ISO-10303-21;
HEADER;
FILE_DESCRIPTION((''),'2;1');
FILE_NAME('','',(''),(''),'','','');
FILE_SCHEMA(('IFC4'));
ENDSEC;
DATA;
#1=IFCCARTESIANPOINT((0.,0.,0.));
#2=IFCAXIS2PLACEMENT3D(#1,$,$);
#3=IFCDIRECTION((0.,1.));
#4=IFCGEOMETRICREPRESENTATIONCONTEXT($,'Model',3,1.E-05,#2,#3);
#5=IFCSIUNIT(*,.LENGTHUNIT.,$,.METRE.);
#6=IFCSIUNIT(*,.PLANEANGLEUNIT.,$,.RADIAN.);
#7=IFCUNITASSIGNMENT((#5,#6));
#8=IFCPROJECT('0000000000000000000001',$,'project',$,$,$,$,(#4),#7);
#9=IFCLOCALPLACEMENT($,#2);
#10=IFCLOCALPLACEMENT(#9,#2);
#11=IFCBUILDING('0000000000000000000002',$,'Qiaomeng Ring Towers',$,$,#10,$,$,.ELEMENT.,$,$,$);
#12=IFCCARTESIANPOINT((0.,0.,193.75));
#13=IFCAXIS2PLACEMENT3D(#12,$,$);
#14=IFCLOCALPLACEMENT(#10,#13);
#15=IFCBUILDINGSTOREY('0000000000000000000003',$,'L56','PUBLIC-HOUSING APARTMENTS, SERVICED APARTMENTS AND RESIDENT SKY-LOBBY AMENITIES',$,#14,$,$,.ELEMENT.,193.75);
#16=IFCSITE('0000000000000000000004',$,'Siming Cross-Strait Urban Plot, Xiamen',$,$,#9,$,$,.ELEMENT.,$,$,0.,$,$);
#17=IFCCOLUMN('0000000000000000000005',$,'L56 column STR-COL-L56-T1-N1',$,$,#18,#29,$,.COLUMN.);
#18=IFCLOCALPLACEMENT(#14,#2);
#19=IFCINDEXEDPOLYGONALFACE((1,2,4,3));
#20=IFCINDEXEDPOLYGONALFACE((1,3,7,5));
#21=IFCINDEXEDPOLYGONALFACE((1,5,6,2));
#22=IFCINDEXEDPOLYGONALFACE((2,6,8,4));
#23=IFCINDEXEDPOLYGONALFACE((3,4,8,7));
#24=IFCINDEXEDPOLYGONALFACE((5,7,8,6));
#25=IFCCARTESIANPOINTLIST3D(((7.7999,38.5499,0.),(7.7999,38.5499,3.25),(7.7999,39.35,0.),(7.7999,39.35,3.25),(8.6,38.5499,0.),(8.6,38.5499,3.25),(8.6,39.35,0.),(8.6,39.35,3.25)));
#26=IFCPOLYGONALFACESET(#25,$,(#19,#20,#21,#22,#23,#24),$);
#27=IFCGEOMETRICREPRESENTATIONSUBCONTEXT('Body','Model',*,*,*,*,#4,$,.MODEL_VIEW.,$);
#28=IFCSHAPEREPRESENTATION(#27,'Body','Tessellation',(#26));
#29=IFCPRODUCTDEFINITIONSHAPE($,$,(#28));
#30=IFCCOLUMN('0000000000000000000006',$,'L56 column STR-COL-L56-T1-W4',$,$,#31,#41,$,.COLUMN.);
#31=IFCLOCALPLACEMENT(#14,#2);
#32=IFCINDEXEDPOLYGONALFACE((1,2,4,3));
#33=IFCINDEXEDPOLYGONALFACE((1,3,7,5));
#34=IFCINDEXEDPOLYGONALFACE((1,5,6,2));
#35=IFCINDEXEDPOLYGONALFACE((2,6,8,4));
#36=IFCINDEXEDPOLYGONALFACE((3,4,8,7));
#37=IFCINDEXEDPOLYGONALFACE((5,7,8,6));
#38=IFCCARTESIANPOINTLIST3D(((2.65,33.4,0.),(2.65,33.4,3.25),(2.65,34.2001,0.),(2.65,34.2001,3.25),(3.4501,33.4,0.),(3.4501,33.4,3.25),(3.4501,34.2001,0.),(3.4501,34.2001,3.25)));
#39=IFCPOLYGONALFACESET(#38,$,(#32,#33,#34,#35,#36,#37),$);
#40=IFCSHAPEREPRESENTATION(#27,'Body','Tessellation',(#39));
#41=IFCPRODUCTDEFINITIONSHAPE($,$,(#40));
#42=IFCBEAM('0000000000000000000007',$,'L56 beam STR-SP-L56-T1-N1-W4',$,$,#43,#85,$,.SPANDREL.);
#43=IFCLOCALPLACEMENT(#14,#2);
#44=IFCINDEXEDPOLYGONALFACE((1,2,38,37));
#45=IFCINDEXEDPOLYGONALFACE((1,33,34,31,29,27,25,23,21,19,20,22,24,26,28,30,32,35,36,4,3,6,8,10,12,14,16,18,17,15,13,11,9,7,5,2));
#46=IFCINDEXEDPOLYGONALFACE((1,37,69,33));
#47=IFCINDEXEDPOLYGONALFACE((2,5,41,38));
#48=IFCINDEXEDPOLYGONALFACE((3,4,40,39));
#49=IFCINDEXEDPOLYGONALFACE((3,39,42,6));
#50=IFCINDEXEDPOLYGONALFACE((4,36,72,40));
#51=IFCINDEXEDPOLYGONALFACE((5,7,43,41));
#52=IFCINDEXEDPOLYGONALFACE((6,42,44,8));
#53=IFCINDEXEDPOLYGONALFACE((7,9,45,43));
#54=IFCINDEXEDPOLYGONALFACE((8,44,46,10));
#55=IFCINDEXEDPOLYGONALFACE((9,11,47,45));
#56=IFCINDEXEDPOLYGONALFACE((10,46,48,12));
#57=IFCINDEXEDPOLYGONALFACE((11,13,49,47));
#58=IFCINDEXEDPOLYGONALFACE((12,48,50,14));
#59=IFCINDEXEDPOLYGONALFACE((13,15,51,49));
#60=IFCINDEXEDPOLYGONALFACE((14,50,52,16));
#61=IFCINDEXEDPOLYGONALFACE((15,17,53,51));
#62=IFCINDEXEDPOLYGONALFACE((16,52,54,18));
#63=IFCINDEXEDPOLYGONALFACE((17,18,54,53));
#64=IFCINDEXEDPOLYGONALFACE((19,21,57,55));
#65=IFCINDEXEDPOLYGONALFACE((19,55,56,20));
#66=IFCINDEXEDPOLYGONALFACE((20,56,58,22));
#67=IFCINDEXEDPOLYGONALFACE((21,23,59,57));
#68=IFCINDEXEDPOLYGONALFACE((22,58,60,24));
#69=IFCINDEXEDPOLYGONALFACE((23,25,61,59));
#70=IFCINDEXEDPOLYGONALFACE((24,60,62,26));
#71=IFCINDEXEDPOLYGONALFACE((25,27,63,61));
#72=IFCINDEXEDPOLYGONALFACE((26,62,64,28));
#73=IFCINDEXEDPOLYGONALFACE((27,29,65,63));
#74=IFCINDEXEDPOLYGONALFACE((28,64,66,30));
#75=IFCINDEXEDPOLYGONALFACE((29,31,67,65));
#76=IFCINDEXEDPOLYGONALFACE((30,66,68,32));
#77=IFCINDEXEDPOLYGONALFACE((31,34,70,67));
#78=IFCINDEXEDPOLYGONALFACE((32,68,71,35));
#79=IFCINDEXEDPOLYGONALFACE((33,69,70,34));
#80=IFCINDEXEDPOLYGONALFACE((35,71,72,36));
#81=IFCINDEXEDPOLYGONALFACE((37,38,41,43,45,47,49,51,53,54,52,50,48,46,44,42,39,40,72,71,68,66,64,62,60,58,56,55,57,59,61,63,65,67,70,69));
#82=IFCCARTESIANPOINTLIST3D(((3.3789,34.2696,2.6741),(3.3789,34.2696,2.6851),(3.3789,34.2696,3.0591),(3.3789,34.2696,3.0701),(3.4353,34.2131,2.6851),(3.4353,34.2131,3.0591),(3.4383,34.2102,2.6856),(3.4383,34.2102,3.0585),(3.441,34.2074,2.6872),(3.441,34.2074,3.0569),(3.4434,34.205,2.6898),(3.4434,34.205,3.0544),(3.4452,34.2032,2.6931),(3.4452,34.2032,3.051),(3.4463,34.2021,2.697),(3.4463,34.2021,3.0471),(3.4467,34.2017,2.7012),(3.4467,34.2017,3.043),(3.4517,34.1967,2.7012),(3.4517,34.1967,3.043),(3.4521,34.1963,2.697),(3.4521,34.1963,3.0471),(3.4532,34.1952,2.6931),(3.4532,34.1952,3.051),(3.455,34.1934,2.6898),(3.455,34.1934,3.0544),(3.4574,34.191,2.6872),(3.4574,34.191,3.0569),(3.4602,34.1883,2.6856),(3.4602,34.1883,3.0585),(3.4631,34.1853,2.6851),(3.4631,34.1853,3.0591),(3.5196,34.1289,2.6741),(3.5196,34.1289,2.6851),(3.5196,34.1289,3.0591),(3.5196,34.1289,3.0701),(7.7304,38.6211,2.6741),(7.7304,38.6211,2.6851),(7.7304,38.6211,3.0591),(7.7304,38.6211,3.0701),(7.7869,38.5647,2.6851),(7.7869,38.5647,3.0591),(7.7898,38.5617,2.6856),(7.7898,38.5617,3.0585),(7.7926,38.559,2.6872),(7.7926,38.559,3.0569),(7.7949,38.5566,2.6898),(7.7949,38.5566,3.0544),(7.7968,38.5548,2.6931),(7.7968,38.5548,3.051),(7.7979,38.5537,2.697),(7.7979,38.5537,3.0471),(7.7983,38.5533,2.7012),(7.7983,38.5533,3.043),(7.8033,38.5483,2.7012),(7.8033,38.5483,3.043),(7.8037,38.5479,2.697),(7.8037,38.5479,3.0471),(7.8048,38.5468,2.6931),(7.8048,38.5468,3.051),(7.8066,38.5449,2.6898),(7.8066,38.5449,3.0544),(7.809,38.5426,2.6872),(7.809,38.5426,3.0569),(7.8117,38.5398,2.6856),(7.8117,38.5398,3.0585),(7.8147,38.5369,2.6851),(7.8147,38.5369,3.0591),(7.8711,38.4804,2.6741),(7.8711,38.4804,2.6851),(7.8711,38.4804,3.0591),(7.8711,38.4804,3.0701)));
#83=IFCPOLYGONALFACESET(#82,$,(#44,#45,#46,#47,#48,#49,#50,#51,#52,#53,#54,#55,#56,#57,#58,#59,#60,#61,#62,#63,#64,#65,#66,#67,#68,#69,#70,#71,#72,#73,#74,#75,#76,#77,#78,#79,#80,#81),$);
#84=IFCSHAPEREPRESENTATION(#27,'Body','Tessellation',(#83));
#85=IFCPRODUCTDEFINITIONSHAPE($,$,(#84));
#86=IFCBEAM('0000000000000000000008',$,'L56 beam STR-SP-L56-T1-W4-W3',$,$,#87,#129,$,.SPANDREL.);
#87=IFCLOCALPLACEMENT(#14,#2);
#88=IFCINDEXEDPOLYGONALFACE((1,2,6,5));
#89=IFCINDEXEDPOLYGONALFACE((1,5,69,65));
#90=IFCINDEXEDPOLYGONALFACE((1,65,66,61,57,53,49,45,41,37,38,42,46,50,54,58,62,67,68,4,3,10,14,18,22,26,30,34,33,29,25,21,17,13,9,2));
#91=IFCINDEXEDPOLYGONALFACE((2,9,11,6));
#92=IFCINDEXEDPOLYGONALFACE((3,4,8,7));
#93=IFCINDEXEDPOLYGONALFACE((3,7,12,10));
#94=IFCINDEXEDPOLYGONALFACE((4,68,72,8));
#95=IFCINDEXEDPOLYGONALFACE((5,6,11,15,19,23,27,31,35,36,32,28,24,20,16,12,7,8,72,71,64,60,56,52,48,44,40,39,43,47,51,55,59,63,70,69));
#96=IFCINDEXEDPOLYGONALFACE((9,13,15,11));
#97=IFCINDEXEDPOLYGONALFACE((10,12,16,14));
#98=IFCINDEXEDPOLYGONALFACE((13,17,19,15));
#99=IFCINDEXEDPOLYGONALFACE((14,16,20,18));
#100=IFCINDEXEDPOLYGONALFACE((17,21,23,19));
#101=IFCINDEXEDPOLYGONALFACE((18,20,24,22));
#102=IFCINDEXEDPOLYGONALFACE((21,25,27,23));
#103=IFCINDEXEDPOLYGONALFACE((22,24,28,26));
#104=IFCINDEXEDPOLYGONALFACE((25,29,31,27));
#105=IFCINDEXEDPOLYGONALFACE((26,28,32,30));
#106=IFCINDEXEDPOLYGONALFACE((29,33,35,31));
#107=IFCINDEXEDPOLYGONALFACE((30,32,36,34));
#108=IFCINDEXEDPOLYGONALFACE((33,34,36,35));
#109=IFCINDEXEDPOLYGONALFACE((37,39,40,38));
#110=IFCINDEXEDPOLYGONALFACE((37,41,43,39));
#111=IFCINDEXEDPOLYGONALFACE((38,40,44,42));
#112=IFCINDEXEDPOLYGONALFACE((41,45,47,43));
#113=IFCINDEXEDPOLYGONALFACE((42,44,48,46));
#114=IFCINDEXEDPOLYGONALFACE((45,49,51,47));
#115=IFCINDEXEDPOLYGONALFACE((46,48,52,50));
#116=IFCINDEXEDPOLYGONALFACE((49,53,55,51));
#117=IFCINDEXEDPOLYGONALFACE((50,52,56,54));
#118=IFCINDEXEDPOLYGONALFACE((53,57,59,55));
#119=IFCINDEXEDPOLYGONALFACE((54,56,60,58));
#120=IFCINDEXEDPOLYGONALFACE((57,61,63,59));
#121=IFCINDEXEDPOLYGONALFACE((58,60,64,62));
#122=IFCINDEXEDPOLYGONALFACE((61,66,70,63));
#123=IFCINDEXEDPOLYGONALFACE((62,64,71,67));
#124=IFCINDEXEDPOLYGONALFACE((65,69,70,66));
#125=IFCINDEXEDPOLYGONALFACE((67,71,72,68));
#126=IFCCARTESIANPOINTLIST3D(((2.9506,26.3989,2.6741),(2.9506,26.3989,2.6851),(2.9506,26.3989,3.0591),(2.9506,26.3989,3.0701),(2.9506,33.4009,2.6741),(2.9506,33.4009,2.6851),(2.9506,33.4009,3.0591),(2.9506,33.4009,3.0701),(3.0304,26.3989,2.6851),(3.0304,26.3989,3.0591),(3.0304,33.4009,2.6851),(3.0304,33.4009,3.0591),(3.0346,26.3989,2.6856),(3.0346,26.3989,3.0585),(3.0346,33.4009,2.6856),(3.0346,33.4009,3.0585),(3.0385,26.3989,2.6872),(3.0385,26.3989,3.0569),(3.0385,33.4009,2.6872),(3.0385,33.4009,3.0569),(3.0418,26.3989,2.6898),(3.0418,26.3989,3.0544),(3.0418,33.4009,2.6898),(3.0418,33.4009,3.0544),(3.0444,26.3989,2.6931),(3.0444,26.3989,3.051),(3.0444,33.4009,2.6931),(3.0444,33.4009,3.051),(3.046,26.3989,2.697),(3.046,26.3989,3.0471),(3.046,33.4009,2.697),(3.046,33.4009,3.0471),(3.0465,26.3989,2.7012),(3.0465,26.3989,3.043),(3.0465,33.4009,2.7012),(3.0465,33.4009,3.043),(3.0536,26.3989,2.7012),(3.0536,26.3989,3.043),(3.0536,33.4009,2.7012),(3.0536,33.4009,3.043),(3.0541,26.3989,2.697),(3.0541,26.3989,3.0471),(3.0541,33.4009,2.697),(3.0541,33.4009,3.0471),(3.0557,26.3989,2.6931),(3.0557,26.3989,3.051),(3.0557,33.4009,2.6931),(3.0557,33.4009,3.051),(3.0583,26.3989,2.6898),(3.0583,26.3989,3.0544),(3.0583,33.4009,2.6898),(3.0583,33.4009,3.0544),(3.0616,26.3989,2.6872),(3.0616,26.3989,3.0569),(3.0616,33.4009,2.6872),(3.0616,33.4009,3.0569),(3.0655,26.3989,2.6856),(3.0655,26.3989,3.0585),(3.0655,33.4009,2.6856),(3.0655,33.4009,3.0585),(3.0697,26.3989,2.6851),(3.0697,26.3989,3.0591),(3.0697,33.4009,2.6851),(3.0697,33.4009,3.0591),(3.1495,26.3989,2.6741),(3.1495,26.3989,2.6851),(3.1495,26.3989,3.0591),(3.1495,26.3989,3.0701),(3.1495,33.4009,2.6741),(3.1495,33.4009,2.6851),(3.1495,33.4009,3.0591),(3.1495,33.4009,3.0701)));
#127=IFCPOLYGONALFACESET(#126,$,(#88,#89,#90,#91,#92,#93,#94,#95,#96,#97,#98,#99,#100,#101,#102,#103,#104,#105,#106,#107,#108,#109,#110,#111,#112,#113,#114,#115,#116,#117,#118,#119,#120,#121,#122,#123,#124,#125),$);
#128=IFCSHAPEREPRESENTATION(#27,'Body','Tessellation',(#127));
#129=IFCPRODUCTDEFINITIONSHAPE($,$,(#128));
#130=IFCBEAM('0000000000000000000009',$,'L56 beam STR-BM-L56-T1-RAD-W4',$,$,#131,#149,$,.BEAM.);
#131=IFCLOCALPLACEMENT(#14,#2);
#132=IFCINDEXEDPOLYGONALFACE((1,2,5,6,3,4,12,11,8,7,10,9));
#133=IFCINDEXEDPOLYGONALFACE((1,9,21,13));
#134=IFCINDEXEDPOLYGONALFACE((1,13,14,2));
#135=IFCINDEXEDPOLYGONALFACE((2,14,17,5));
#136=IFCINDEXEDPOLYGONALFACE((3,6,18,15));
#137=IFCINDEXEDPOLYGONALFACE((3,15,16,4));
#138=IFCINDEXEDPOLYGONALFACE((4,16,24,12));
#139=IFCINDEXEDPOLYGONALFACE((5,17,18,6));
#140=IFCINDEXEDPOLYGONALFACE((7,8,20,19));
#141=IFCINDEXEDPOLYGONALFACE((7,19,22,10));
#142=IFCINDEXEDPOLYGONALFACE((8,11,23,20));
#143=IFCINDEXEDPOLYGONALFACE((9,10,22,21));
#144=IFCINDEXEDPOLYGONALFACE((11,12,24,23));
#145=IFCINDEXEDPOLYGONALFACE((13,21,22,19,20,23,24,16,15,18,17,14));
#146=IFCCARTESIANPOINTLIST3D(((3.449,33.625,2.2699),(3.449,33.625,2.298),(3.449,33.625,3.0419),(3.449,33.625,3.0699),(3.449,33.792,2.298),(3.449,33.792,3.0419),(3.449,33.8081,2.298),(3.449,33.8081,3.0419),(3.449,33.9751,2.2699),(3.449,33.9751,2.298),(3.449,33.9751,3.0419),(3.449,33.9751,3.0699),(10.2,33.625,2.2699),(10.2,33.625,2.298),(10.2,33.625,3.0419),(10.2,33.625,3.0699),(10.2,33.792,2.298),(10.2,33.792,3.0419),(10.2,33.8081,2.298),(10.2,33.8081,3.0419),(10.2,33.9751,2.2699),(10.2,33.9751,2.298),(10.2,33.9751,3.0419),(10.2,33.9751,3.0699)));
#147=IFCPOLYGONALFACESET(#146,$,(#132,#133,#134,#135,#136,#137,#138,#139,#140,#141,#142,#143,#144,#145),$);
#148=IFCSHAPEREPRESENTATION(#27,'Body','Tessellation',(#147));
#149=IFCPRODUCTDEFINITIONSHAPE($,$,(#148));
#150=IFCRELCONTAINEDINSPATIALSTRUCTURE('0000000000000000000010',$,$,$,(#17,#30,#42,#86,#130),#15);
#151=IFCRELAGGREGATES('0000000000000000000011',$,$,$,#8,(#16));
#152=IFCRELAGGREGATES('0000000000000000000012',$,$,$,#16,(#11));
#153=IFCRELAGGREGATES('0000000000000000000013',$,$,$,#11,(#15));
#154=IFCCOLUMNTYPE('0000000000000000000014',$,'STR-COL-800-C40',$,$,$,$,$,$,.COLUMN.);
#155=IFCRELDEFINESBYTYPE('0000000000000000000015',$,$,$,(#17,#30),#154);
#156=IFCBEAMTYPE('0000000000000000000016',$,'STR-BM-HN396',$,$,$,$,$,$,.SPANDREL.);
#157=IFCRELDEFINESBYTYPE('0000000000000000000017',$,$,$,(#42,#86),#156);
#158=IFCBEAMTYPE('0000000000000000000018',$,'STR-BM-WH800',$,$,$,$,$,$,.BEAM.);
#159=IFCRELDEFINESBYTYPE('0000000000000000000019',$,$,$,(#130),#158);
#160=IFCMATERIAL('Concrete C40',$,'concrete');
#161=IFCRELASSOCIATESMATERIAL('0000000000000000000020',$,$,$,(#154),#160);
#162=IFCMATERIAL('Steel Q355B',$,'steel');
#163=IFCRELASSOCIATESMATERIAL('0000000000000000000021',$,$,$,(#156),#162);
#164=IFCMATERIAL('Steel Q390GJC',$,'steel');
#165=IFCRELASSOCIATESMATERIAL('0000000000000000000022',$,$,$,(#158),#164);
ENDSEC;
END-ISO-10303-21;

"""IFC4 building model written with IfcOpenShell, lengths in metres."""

from ifc_helpers import new_model, si_unit, direction, frame, origin, origin_2d, place, context, subcontext, project, spatial, rectangle, i_section, extrude, source, transform, mapped, material, material_profile, profile_set, type_object, element, save


model = new_model("IFC4")

# Units and contexts
model_context = context("Model", 3, precision=1e-05, world=origin(), true_north=direction((0.0, 1.0)))
body_context = subcontext(model_context, "Body", "Model", "MODEL_VIEW")
ifc_project = project(units=[si_unit("LENGTHUNIT", "METRE"), si_unit("PLANEANGLEUNIT", "RADIAN")], contexts=[model_context])

# Site, building, storey
site_placement = place(None, origin())
site = spatial("IfcSite", under=ifc_project, at=site_placement, Name="Siming Cross-Strait Urban Plot, Xiamen", CompositionType="ELEMENT", RefElevation=0.0)
building_placement = place(site_placement, origin())
building = spatial("IfcBuilding", under=site, at=building_placement, Name="Qiaomeng Ring Towers", CompositionType="ELEMENT")
storey_placement = place(building_placement, frame((0.0, 0.0, 193.75)))
storey = spatial("IfcBuildingStorey", under=building, at=storey_placement, Name="L56", Description="PUBLIC-HOUSING APARTMENTS, SERVICED APARTMENTS AND RESIDENT SKY-LOBBY AMENITIES", CompositionType="ELEMENT", Elevation=193.75)

# Columns
ifc_material_1 = material(Name="Concrete C40", Category="concrete")
ifc_material_profile_1 = material_profile(ifc_material_1, rectangle(XDim=0.8, YDim=0.8, at=origin_2d()), Name="RC COL 800x800")
ifc_profile_set_1 = profile_set([ifc_material_profile_1], Name="Concrete C40")
column_type = type_object("IfcColumnType", Name="STR-COL-800-C40", PredefinedType="COLUMN", material=ifc_profile_set_1)
shared_shape_1 = source(origin(), body_context, "Body", "SweptSolid", [
    extrude(rectangle(XDim=0.8, YDim=0.8, at=origin_2d()), origin(), (0.0, 0.0, 1.0), 3.25),
])
for number, where, z_axis, x_axis, name in (
    (1, (8.2, 38.95, 0.0), (0.0, 0.0, 1.0), (1.0, 0.0, 0.0), "L56 column STR-COL-L56-T1-N1"),
    (2, (3.05, 33.8, 0.0), (0.0, 0.0, 1.0), (1.0, 0.0, 0.0), "L56 column STR-COL-L56-T1-W4"),
):
    element("IfcColumn", number, at=place(storey_placement, frame(where, z_axis=z_axis, x_axis=x_axis)), inside=storey, type_object=column_type, Name=name, PredefinedType="COLUMN", context=body_context, shape_type="MappedRepresentation", body=[
        mapped(shared_shape_1, transform((0.0, 0.0, 0.0), x_axis=(1.0, 0.0, 0.0), y_axis=(0.0, 1.0, 0.0), z_axis=(0.0, 0.0, 1.0), scale=1.0)),
    ])

# Beams
ifc_material_2 = material(Name="Steel Q355B", Category="steel")
ifc_material_profile_2 = material_profile(ifc_material_2, i_section(OverallWidth=0.199, OverallDepth=0.396, WebThickness=0.0071, FlangeThickness=0.011, FilletRadius=0.0161, at=origin_2d()), Name="HN 396x199x7x11")
ifc_profile_set_2 = profile_set([ifc_material_profile_2], Name="Steel Q355B")
beam_type_1 = type_object("IfcBeamType", Name="STR-BM-HN396", PredefinedType="SPANDREL", material=ifc_profile_set_2)
shared_shape_2 = source(origin(), body_context, "Body", "SweptSolid", [
    extrude(i_section(OverallWidth=0.199, OverallDepth=0.396, WebThickness=0.0071, FlangeThickness=0.011, FilletRadius=0.0161, at=origin_2d()), origin(), (0.0, 0.0, 1.0), 6.1541),
])
beam_1_placement = place(storey_placement, frame((7.8008, 38.5508, 2.8721), z_axis=(-0.707107, -0.707107, 0.0), x_axis=(0.707107, -0.707107, 0.0)))
element("IfcBeam", 3, at=beam_1_placement, inside=storey, type_object=beam_type_1, Name="L56 beam STR-SP-L56-T1-N1-W4", PredefinedType="SPANDREL", context=body_context, shape_type="MappedRepresentation", body=[
    mapped(shared_shape_2, transform((0.0, 0.0, 0.0), x_axis=(1.0, 0.0, 0.0), y_axis=(0.0, 1.0, 0.0), z_axis=(0.0, 0.0, 1.0), scale=1.0)),
])
shared_shape_3 = source(origin(), body_context, "Body", "SweptSolid", [
    extrude(i_section(OverallWidth=0.199, OverallDepth=0.396, WebThickness=0.0071, FlangeThickness=0.011, FilletRadius=0.0161, at=origin_2d()), origin(), (0.0, 0.0, 1.0), 7.002),
])
beam_2_placement = place(storey_placement, frame((3.05, 33.4009, 2.8721), z_axis=(0.0, -1.0, 0.0), x_axis=(1.0, 0.0, 0.0)))
element("IfcBeam", 4, at=beam_2_placement, inside=storey, type_object=beam_type_1, Name="L56 beam STR-SP-L56-T1-W4-W3", PredefinedType="SPANDREL", context=body_context, shape_type="MappedRepresentation", body=[
    mapped(shared_shape_3, transform((0.0, 0.0, 0.0), x_axis=(1.0, 0.0, 0.0), y_axis=(0.0, 1.0, 0.0), z_axis=(0.0, 0.0, 1.0), scale=1.0)),
])
ifc_material_3 = material(Name="Steel Q390GJC", Category="steel")
ifc_material_profile_3 = material_profile(ifc_material_3, i_section(OverallWidth=0.3501, OverallDepth=0.8, WebThickness=0.0161, FlangeThickness=0.0281, at=origin_2d()), Name="WH 800x350x16x28")
ifc_profile_set_3 = profile_set([ifc_material_profile_3], Name="Steel Q390GJC")
beam_type_2 = type_object("IfcBeamType", Name="STR-BM-WH800", PredefinedType="BEAM", material=ifc_profile_set_3)
shared_shape_4 = source(origin(), body_context, "Body", "SweptSolid", [
    extrude(i_section(OverallWidth=0.3501, OverallDepth=0.8, WebThickness=0.0161, FlangeThickness=0.0281, at=origin_2d()), origin(), (0.0, 0.0, 1.0), 6.751),
])
beam_3_placement = place(storey_placement, frame((3.449, 33.8, 2.6699), z_axis=(1.0, 0.0, 0.0), x_axis=(0.0, 1.0, 0.0)))
element("IfcBeam", 5, at=beam_3_placement, inside=storey, type_object=beam_type_2, Name="L56 beam STR-BM-L56-T1-RAD-W4", PredefinedType="BEAM", context=body_context, shape_type="MappedRepresentation", body=[
    mapped(shared_shape_4, transform((0.0, 0.0, 0.0), x_axis=(1.0, 0.0, 0.0), y_axis=(0.0, 1.0, 0.0), z_axis=(0.0, 0.0, 1.0), scale=1.0)),
])

save(model, "model.ifc")
